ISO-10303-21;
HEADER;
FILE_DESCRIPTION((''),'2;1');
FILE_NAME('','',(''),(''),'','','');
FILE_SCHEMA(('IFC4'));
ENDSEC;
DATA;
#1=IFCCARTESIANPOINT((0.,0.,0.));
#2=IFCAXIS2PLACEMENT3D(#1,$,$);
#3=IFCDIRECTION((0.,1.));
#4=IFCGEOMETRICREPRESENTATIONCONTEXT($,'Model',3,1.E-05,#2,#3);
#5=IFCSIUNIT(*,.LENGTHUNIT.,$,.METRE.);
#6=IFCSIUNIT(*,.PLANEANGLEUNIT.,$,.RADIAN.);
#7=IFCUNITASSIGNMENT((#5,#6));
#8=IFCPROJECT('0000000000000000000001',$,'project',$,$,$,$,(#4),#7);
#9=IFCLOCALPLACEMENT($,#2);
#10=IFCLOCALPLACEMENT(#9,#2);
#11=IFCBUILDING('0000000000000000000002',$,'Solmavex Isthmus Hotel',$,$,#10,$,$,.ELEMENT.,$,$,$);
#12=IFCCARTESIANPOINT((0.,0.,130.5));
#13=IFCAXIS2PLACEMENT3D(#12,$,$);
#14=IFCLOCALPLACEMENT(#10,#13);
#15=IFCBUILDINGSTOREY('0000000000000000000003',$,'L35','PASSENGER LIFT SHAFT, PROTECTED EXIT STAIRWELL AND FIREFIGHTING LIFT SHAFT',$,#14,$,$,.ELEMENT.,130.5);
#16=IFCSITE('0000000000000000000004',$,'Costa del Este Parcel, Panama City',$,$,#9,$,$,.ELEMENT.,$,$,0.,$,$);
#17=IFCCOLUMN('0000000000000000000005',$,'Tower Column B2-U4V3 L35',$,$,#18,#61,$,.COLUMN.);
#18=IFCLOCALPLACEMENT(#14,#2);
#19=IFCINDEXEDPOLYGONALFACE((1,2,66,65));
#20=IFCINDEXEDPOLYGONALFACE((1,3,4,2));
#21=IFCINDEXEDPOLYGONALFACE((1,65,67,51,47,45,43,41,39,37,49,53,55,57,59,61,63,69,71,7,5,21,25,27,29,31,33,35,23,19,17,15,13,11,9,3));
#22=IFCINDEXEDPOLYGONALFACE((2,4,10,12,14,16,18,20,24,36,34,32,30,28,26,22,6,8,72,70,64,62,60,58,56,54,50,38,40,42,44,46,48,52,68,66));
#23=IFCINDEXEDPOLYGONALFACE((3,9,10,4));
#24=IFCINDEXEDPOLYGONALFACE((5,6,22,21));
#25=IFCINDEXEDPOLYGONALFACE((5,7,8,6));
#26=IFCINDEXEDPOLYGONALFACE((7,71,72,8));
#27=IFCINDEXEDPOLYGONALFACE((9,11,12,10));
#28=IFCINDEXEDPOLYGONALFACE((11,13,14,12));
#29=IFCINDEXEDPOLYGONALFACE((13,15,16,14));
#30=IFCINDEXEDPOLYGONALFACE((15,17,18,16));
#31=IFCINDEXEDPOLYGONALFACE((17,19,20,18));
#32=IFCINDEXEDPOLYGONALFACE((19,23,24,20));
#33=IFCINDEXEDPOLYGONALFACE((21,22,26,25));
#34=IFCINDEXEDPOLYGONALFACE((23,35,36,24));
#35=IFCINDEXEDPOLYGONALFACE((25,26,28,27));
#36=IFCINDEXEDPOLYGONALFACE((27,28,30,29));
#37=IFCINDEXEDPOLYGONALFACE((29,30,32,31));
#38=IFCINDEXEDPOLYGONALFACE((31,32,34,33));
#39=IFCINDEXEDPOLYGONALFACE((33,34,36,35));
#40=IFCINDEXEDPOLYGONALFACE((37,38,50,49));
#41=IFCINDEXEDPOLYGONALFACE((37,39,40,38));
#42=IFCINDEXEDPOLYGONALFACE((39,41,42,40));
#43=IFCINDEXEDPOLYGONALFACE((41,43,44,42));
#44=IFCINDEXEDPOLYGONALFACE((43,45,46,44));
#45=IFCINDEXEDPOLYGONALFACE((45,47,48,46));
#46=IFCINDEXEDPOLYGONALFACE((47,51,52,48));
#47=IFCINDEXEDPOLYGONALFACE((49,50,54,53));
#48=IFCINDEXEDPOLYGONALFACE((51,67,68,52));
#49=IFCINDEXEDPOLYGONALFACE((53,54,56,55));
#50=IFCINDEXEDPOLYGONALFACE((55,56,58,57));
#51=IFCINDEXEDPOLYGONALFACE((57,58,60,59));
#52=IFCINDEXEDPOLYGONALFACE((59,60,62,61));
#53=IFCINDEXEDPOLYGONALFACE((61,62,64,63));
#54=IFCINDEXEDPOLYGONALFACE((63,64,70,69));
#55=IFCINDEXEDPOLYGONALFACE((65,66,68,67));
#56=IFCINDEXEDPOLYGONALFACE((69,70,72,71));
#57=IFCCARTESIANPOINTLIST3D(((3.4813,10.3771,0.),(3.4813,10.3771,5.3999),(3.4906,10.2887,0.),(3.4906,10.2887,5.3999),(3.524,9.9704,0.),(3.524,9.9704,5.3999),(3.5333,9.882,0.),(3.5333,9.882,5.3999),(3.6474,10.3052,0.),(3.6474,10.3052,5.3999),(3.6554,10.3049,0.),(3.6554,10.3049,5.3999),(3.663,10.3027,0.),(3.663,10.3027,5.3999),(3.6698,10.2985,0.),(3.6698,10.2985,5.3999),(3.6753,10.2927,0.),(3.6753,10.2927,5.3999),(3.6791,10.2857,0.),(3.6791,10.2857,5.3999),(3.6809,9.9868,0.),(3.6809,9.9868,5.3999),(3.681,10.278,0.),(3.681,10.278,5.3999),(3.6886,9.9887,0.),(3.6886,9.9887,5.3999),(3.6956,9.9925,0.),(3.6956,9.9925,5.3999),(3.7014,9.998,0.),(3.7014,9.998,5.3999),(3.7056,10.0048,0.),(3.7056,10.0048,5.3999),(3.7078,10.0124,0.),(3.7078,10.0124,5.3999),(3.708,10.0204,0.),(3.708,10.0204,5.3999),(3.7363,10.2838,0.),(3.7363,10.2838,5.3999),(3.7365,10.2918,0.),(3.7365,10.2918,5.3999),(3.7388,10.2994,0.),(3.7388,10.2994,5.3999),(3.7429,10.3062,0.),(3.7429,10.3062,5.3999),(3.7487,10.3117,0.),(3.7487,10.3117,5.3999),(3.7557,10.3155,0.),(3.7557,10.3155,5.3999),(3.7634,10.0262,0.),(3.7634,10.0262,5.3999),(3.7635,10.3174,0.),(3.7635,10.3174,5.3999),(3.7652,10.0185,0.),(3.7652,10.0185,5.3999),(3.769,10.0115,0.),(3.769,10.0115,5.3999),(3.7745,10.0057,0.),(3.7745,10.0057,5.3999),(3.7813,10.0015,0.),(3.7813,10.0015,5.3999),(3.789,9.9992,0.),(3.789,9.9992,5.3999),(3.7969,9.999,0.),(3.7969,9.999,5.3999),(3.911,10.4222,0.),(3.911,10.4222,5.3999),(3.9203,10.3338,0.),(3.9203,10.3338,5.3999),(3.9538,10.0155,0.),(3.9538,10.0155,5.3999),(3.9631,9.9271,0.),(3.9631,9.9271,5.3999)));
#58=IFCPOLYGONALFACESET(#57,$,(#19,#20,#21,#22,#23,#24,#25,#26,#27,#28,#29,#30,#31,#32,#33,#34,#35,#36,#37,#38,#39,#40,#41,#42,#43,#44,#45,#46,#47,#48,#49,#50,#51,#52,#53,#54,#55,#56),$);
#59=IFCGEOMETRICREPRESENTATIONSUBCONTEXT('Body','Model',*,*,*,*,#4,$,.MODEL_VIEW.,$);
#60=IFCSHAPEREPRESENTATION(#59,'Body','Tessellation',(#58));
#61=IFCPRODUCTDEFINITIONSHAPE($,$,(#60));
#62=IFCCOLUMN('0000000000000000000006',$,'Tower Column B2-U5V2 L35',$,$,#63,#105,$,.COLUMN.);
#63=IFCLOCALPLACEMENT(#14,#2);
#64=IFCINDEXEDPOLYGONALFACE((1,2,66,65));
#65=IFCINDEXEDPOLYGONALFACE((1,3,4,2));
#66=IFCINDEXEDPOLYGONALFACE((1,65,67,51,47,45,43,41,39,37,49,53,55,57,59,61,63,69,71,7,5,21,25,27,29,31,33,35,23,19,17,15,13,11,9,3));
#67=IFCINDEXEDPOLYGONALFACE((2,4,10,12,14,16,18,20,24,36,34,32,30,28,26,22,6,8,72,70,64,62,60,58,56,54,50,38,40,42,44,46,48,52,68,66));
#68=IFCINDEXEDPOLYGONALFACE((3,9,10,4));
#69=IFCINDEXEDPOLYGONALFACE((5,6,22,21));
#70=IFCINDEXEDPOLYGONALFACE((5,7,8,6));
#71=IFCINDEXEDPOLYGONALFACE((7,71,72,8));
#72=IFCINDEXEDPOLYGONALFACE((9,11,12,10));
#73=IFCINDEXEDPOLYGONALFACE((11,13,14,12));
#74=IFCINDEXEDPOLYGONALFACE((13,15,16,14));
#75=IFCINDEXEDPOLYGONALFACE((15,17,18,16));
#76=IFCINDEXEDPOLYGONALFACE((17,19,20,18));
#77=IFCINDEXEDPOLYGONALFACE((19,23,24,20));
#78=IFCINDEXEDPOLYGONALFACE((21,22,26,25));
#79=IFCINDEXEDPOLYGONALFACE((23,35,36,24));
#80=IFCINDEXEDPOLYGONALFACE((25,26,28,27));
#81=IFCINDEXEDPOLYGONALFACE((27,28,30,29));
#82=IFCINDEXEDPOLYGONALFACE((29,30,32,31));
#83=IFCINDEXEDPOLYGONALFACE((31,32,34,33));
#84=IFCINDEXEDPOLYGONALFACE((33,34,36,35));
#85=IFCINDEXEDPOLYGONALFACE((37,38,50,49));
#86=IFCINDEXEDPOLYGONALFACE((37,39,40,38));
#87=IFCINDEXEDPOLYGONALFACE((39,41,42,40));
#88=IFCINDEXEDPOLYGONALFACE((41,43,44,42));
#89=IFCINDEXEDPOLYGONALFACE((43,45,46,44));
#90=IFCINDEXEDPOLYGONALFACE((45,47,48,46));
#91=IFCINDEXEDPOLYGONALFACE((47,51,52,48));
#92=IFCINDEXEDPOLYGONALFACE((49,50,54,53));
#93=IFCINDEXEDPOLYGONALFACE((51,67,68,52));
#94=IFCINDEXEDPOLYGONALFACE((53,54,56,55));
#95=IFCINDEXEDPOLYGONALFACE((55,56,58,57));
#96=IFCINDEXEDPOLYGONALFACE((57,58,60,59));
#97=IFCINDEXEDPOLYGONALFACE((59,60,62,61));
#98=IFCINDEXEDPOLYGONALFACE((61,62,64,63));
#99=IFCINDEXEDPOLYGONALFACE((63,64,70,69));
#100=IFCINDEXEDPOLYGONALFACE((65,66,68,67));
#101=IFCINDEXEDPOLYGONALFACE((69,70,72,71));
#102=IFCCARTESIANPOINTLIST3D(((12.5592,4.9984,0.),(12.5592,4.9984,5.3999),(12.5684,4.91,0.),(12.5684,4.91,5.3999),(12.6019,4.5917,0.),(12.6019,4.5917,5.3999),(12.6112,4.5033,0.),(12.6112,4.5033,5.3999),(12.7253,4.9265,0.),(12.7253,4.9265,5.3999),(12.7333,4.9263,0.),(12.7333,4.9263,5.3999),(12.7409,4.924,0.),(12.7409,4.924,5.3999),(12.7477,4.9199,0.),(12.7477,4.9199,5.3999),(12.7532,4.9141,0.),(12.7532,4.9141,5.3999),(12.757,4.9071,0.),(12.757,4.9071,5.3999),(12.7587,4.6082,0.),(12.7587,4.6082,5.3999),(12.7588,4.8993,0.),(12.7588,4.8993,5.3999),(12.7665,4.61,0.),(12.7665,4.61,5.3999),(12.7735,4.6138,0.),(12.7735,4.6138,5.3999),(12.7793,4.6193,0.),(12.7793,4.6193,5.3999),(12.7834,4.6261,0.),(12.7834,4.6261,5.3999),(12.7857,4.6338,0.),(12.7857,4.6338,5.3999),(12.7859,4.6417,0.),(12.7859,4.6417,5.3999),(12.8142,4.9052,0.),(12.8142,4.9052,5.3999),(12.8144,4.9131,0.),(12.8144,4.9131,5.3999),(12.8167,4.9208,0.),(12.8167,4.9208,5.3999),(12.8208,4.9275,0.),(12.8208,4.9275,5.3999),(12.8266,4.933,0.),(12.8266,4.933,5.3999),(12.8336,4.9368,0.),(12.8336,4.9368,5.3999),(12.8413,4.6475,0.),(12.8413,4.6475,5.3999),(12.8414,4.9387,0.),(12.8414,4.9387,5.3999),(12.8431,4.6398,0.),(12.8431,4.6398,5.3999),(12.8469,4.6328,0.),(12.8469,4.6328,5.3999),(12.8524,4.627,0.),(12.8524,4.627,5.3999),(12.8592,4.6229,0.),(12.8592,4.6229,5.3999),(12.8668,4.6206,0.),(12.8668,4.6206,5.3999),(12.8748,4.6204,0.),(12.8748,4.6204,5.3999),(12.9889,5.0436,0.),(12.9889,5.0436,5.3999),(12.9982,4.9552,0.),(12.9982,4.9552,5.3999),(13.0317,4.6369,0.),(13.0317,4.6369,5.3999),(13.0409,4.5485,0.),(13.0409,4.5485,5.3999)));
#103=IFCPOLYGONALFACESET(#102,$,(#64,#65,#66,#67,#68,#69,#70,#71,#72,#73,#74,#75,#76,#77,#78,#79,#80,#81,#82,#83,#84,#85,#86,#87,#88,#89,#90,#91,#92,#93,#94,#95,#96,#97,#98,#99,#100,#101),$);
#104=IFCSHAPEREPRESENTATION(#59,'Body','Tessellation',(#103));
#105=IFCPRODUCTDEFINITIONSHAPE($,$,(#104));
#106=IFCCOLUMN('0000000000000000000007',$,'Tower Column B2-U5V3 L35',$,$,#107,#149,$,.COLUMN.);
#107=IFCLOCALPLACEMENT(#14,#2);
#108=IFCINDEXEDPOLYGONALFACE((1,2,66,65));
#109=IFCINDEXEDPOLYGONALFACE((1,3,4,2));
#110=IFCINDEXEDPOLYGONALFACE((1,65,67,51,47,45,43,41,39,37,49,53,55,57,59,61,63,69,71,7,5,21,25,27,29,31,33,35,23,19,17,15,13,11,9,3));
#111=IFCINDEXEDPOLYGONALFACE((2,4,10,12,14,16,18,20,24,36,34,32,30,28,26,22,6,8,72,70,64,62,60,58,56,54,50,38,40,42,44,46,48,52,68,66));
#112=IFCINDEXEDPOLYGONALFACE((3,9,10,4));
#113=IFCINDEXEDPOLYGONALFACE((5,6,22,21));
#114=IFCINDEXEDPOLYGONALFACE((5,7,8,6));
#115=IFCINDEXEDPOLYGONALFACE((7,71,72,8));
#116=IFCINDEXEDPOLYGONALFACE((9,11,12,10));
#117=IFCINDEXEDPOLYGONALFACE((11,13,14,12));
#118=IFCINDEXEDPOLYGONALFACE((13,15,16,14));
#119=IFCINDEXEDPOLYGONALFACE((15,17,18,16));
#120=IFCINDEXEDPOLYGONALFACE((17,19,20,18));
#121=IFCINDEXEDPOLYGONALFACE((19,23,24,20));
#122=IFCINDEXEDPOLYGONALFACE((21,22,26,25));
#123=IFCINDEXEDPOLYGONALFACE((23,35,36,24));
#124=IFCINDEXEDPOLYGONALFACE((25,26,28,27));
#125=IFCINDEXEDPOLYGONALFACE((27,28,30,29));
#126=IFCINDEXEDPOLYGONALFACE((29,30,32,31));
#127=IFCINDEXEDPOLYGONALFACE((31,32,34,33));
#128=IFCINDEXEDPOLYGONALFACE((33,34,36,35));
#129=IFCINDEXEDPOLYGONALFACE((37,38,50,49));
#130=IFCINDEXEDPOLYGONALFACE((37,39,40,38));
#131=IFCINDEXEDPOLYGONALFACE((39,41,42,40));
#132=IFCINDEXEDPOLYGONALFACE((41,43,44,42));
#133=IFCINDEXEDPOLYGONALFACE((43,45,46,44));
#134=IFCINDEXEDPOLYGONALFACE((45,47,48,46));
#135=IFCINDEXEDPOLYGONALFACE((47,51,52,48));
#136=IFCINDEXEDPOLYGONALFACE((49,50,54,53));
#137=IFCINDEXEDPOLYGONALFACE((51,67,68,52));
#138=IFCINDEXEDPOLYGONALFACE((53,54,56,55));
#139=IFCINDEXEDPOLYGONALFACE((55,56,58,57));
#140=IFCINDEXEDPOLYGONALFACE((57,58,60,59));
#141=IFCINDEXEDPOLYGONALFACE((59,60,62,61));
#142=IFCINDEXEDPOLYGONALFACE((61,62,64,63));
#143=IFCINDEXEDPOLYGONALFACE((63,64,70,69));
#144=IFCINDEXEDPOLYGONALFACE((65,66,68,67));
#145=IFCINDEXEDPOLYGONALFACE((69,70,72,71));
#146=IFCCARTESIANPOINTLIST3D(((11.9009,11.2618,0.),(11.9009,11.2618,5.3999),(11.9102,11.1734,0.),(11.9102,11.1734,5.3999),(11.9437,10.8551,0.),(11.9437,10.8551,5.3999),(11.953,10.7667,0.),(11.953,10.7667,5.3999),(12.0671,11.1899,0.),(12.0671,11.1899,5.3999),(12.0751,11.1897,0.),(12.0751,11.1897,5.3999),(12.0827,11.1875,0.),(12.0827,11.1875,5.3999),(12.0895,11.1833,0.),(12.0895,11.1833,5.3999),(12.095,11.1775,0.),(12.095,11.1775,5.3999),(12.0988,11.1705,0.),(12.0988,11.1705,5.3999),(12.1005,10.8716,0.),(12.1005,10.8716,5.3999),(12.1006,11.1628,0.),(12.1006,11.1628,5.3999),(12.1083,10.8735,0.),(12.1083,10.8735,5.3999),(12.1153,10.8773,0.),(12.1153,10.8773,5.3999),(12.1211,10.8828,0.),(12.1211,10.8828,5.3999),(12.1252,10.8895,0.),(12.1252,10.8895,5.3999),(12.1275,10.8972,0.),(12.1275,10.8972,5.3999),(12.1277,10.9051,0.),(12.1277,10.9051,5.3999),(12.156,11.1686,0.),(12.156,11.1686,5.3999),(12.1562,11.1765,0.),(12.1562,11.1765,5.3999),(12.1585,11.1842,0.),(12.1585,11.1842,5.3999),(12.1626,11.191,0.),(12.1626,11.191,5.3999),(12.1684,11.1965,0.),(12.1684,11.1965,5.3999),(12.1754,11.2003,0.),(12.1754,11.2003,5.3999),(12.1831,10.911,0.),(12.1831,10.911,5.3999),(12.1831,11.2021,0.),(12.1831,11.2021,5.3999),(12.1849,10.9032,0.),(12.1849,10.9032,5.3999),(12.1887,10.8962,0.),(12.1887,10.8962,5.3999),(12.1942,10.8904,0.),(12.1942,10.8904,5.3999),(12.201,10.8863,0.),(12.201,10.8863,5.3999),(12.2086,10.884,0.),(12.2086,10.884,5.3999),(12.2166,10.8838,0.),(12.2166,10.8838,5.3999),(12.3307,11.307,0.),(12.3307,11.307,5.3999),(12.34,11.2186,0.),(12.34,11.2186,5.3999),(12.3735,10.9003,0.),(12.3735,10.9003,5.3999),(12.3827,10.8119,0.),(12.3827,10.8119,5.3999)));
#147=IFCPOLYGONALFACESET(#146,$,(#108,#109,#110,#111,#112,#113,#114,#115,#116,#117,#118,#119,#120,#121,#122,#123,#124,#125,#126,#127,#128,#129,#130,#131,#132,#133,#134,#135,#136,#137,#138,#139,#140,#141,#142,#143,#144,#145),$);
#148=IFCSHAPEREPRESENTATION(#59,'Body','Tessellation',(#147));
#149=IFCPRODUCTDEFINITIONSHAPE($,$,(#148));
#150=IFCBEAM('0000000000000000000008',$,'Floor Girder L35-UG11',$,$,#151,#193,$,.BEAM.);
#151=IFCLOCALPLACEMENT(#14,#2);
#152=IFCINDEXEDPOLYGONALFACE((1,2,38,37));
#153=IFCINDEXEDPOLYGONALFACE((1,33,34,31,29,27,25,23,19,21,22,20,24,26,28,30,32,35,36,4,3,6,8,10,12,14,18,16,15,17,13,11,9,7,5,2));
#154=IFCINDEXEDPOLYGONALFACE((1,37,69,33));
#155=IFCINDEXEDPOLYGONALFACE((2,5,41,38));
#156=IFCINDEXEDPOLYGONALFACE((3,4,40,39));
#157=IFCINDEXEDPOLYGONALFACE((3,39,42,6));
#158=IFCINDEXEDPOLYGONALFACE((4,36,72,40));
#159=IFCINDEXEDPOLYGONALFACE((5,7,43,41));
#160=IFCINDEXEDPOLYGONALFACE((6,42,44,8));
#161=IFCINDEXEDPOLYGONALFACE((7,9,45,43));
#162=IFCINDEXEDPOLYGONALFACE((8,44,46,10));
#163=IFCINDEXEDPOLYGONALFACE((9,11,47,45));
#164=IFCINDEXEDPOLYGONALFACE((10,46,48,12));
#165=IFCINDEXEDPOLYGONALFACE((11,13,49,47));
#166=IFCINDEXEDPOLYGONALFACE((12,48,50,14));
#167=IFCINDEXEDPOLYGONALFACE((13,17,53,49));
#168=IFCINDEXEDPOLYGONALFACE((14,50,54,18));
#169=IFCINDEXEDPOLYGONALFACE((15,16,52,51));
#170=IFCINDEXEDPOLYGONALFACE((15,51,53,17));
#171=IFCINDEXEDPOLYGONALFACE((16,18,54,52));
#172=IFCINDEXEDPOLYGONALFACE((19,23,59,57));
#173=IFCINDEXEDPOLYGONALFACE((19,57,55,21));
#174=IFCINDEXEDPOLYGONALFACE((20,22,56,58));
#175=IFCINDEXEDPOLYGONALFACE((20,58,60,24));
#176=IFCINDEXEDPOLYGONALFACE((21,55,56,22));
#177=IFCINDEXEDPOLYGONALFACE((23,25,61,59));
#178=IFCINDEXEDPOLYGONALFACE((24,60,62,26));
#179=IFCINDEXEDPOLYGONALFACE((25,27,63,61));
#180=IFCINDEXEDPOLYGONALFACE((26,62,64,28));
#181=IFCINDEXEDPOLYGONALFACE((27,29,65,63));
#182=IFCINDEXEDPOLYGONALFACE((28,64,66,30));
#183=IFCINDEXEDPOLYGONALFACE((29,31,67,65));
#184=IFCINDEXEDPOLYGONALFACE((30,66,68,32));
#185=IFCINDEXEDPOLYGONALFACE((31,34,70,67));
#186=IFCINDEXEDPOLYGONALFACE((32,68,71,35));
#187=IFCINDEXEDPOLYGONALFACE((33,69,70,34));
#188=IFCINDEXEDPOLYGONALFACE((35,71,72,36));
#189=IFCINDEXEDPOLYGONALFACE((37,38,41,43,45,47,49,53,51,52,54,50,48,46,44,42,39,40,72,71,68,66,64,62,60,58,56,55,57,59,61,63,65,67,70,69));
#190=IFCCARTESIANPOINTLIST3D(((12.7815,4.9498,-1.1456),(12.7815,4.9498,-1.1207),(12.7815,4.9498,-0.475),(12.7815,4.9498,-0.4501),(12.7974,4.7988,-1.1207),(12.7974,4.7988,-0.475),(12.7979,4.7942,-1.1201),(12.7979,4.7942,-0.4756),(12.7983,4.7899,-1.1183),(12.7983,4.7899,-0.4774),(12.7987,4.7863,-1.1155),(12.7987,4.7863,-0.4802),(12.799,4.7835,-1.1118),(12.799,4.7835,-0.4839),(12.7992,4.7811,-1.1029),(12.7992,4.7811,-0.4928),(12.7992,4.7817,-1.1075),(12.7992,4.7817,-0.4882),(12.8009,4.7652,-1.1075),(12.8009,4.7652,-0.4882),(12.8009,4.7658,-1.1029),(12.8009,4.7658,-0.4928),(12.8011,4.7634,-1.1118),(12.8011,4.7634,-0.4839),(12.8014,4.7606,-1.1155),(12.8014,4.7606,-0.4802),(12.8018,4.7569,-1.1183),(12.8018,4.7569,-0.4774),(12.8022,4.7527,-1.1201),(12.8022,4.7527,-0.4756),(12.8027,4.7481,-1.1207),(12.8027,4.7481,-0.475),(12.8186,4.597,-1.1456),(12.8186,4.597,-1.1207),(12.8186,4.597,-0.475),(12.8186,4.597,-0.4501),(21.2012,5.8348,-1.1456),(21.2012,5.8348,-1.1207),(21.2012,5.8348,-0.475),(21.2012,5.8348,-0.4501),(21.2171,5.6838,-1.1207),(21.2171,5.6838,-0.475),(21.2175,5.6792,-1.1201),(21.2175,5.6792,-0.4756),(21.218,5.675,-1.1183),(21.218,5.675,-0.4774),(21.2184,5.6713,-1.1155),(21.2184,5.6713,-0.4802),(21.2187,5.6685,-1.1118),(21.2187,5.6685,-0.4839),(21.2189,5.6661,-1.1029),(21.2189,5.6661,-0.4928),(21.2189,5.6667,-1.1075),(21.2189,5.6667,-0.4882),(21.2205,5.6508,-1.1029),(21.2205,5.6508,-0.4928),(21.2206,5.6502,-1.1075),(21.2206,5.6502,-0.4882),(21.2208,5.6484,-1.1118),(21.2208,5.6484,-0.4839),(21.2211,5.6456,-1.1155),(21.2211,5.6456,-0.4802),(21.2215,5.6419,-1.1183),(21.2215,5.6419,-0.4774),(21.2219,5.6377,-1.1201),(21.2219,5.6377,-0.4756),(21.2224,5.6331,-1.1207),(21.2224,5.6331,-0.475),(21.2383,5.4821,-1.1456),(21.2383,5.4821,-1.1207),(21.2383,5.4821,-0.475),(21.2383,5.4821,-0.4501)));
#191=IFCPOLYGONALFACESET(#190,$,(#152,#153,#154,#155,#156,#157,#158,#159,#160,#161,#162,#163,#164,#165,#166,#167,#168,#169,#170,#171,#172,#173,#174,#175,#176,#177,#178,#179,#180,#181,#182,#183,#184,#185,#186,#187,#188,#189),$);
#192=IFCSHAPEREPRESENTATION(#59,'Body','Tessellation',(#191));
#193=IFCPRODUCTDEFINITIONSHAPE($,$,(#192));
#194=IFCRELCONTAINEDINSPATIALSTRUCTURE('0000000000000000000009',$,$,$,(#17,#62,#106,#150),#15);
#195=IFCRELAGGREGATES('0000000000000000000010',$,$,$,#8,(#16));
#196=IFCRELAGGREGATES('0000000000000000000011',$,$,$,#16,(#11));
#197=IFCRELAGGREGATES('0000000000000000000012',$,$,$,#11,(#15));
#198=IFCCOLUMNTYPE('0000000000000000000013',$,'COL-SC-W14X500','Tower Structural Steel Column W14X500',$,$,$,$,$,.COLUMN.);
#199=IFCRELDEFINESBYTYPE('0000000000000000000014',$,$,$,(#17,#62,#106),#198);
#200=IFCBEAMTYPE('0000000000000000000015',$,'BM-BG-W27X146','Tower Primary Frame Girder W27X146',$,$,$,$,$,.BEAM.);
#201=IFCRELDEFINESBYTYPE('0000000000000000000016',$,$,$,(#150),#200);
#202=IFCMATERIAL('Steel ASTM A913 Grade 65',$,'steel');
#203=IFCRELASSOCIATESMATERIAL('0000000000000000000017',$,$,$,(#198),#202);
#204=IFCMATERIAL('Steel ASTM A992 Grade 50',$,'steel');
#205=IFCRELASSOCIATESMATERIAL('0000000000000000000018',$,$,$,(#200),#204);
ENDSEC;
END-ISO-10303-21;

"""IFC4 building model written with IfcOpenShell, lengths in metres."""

from ifc_helpers import new_model, si_unit, direction, frame, origin, origin_2d, place, context, subcontext, project, spatial, i_section, extrude, material, material_profile, profile_set, type_object, element, save


model = new_model("IFC4")

# Units and contexts
model_context = context("Model", 3, precision=1e-05, world=origin(), true_north=direction((0.0, 1.0)))
body_context = subcontext(model_context, "Body", "Model", "MODEL_VIEW")
ifc_project = project(units=[si_unit("LENGTHUNIT", "METRE"), si_unit("PLANEANGLEUNIT", "RADIAN")], contexts=[model_context])

# Site, building, storey
site_placement = place(None, origin())
site = spatial("IfcSite", under=ifc_project, at=site_placement, Name="Costa del Este Parcel, Panama City", CompositionType="ELEMENT", RefElevation=0.0)
building_placement = place(site_placement, origin())
building = spatial("IfcBuilding", under=site, at=building_placement, Name="Solmavex Isthmus Hotel", CompositionType="ELEMENT")
storey_placement = place(building_placement, frame((0.0, 0.0, 130.5)))
storey = spatial("IfcBuildingStorey", under=building, at=storey_placement, Name="L35", Description="PASSENGER LIFT SHAFT, PROTECTED EXIT STAIRWELL AND FIREFIGHTING LIFT SHAFT", CompositionType="ELEMENT", Elevation=130.5)

# Columns
ifc_material_1 = material(Name="Steel ASTM A913 Grade 65", Category="steel")
ifc_material_profile_1 = material_profile(ifc_material_1, i_section(OverallWidth=0.4321, OverallDepth=0.4978, WebThickness=0.0557, FlangeThickness=0.0889, FilletRadius=0.0305, at=origin_2d()), Name="W14X500")
ifc_profile_set_1 = profile_set([ifc_material_profile_1], Name="Steel ASTM A913 Grade 65")
column_type = type_object("IfcColumnType", Name="COL-SC-W14X500", Description="Tower Structural Steel Column W14X500", PredefinedType="COLUMN", material=ifc_profile_set_1)
for number, where, z_axis, x_axis, name in (
    (1, (3.7222, 10.1521, 0.0), (0.0, 0.0, 1.0), (0.994522, 0.104528, 0.0), "Tower Column B2-U4V3 L35"),
    (2, (12.8, 4.7734, 0.0), (0.0, 0.0, 1.0), (0.994522, 0.104528, 0.0), "Tower Column B2-U5V2 L35"),
    (3, (12.1418, 11.0369, 0.0), (0.0, 0.0, 1.0), (0.994522, 0.104528, 0.0), "Tower Column B2-U5V3 L35"),
):
    element("IfcColumn", number, at=place(storey_placement, frame(where, z_axis=z_axis, x_axis=x_axis)), inside=storey, type_object=column_type, Name=name, PredefinedType="COLUMN", context=body_context, shape_type="SweptSolid", body=[
        extrude(i_section(OverallWidth=0.4321, OverallDepth=0.4978, WebThickness=0.0557, FlangeThickness=0.0889, FilletRadius=0.0305, at=origin_2d()), origin(), (0.0, 0.0, 1.0), 5.3999),
    ])

# Beam
ifc_material_2 = material(Name="Steel ASTM A992 Grade 50", Category="steel")
ifc_material_profile_2 = material_profile(ifc_material_2, i_section(OverallWidth=0.3547, OverallDepth=0.6956, WebThickness=0.0154, FlangeThickness=0.0249, FilletRadius=0.0178, at=origin_2d()), Name="W27X146")
ifc_profile_set_2 = profile_set([ifc_material_profile_2], Name="Steel ASTM A992 Grade 50")
beam_type_1 = type_object("IfcBeamType", Name="BM-BG-W27X146", Description="Tower Primary Frame Girder W27X146", PredefinedType="BEAM", material=ifc_profile_set_2)
for number, where, z_axis, x_axis, name in (
    (4, (12.8, 4.7734, -0.7979), (0.994521, 0.104536, 0.0), (-0.104536, 0.994521, 0.0), "Floor Girder L35-UG11"),
):
    element("IfcBeam", number, at=place(storey_placement, frame(where, z_axis=z_axis, x_axis=x_axis)), inside=storey, type_object=beam_type_1, Name=name, PredefinedType="BEAM", context=body_context, shape_type="SweptSolid", body=[
        extrude(i_section(OverallWidth=0.3547, OverallDepth=0.6956, WebThickness=0.0154, FlangeThickness=0.0249, FilletRadius=0.0178, at=origin_2d()), origin(), (0.0, 0.0, 1.0), 8.4661),
    ])

save(model, "model.ifc")
